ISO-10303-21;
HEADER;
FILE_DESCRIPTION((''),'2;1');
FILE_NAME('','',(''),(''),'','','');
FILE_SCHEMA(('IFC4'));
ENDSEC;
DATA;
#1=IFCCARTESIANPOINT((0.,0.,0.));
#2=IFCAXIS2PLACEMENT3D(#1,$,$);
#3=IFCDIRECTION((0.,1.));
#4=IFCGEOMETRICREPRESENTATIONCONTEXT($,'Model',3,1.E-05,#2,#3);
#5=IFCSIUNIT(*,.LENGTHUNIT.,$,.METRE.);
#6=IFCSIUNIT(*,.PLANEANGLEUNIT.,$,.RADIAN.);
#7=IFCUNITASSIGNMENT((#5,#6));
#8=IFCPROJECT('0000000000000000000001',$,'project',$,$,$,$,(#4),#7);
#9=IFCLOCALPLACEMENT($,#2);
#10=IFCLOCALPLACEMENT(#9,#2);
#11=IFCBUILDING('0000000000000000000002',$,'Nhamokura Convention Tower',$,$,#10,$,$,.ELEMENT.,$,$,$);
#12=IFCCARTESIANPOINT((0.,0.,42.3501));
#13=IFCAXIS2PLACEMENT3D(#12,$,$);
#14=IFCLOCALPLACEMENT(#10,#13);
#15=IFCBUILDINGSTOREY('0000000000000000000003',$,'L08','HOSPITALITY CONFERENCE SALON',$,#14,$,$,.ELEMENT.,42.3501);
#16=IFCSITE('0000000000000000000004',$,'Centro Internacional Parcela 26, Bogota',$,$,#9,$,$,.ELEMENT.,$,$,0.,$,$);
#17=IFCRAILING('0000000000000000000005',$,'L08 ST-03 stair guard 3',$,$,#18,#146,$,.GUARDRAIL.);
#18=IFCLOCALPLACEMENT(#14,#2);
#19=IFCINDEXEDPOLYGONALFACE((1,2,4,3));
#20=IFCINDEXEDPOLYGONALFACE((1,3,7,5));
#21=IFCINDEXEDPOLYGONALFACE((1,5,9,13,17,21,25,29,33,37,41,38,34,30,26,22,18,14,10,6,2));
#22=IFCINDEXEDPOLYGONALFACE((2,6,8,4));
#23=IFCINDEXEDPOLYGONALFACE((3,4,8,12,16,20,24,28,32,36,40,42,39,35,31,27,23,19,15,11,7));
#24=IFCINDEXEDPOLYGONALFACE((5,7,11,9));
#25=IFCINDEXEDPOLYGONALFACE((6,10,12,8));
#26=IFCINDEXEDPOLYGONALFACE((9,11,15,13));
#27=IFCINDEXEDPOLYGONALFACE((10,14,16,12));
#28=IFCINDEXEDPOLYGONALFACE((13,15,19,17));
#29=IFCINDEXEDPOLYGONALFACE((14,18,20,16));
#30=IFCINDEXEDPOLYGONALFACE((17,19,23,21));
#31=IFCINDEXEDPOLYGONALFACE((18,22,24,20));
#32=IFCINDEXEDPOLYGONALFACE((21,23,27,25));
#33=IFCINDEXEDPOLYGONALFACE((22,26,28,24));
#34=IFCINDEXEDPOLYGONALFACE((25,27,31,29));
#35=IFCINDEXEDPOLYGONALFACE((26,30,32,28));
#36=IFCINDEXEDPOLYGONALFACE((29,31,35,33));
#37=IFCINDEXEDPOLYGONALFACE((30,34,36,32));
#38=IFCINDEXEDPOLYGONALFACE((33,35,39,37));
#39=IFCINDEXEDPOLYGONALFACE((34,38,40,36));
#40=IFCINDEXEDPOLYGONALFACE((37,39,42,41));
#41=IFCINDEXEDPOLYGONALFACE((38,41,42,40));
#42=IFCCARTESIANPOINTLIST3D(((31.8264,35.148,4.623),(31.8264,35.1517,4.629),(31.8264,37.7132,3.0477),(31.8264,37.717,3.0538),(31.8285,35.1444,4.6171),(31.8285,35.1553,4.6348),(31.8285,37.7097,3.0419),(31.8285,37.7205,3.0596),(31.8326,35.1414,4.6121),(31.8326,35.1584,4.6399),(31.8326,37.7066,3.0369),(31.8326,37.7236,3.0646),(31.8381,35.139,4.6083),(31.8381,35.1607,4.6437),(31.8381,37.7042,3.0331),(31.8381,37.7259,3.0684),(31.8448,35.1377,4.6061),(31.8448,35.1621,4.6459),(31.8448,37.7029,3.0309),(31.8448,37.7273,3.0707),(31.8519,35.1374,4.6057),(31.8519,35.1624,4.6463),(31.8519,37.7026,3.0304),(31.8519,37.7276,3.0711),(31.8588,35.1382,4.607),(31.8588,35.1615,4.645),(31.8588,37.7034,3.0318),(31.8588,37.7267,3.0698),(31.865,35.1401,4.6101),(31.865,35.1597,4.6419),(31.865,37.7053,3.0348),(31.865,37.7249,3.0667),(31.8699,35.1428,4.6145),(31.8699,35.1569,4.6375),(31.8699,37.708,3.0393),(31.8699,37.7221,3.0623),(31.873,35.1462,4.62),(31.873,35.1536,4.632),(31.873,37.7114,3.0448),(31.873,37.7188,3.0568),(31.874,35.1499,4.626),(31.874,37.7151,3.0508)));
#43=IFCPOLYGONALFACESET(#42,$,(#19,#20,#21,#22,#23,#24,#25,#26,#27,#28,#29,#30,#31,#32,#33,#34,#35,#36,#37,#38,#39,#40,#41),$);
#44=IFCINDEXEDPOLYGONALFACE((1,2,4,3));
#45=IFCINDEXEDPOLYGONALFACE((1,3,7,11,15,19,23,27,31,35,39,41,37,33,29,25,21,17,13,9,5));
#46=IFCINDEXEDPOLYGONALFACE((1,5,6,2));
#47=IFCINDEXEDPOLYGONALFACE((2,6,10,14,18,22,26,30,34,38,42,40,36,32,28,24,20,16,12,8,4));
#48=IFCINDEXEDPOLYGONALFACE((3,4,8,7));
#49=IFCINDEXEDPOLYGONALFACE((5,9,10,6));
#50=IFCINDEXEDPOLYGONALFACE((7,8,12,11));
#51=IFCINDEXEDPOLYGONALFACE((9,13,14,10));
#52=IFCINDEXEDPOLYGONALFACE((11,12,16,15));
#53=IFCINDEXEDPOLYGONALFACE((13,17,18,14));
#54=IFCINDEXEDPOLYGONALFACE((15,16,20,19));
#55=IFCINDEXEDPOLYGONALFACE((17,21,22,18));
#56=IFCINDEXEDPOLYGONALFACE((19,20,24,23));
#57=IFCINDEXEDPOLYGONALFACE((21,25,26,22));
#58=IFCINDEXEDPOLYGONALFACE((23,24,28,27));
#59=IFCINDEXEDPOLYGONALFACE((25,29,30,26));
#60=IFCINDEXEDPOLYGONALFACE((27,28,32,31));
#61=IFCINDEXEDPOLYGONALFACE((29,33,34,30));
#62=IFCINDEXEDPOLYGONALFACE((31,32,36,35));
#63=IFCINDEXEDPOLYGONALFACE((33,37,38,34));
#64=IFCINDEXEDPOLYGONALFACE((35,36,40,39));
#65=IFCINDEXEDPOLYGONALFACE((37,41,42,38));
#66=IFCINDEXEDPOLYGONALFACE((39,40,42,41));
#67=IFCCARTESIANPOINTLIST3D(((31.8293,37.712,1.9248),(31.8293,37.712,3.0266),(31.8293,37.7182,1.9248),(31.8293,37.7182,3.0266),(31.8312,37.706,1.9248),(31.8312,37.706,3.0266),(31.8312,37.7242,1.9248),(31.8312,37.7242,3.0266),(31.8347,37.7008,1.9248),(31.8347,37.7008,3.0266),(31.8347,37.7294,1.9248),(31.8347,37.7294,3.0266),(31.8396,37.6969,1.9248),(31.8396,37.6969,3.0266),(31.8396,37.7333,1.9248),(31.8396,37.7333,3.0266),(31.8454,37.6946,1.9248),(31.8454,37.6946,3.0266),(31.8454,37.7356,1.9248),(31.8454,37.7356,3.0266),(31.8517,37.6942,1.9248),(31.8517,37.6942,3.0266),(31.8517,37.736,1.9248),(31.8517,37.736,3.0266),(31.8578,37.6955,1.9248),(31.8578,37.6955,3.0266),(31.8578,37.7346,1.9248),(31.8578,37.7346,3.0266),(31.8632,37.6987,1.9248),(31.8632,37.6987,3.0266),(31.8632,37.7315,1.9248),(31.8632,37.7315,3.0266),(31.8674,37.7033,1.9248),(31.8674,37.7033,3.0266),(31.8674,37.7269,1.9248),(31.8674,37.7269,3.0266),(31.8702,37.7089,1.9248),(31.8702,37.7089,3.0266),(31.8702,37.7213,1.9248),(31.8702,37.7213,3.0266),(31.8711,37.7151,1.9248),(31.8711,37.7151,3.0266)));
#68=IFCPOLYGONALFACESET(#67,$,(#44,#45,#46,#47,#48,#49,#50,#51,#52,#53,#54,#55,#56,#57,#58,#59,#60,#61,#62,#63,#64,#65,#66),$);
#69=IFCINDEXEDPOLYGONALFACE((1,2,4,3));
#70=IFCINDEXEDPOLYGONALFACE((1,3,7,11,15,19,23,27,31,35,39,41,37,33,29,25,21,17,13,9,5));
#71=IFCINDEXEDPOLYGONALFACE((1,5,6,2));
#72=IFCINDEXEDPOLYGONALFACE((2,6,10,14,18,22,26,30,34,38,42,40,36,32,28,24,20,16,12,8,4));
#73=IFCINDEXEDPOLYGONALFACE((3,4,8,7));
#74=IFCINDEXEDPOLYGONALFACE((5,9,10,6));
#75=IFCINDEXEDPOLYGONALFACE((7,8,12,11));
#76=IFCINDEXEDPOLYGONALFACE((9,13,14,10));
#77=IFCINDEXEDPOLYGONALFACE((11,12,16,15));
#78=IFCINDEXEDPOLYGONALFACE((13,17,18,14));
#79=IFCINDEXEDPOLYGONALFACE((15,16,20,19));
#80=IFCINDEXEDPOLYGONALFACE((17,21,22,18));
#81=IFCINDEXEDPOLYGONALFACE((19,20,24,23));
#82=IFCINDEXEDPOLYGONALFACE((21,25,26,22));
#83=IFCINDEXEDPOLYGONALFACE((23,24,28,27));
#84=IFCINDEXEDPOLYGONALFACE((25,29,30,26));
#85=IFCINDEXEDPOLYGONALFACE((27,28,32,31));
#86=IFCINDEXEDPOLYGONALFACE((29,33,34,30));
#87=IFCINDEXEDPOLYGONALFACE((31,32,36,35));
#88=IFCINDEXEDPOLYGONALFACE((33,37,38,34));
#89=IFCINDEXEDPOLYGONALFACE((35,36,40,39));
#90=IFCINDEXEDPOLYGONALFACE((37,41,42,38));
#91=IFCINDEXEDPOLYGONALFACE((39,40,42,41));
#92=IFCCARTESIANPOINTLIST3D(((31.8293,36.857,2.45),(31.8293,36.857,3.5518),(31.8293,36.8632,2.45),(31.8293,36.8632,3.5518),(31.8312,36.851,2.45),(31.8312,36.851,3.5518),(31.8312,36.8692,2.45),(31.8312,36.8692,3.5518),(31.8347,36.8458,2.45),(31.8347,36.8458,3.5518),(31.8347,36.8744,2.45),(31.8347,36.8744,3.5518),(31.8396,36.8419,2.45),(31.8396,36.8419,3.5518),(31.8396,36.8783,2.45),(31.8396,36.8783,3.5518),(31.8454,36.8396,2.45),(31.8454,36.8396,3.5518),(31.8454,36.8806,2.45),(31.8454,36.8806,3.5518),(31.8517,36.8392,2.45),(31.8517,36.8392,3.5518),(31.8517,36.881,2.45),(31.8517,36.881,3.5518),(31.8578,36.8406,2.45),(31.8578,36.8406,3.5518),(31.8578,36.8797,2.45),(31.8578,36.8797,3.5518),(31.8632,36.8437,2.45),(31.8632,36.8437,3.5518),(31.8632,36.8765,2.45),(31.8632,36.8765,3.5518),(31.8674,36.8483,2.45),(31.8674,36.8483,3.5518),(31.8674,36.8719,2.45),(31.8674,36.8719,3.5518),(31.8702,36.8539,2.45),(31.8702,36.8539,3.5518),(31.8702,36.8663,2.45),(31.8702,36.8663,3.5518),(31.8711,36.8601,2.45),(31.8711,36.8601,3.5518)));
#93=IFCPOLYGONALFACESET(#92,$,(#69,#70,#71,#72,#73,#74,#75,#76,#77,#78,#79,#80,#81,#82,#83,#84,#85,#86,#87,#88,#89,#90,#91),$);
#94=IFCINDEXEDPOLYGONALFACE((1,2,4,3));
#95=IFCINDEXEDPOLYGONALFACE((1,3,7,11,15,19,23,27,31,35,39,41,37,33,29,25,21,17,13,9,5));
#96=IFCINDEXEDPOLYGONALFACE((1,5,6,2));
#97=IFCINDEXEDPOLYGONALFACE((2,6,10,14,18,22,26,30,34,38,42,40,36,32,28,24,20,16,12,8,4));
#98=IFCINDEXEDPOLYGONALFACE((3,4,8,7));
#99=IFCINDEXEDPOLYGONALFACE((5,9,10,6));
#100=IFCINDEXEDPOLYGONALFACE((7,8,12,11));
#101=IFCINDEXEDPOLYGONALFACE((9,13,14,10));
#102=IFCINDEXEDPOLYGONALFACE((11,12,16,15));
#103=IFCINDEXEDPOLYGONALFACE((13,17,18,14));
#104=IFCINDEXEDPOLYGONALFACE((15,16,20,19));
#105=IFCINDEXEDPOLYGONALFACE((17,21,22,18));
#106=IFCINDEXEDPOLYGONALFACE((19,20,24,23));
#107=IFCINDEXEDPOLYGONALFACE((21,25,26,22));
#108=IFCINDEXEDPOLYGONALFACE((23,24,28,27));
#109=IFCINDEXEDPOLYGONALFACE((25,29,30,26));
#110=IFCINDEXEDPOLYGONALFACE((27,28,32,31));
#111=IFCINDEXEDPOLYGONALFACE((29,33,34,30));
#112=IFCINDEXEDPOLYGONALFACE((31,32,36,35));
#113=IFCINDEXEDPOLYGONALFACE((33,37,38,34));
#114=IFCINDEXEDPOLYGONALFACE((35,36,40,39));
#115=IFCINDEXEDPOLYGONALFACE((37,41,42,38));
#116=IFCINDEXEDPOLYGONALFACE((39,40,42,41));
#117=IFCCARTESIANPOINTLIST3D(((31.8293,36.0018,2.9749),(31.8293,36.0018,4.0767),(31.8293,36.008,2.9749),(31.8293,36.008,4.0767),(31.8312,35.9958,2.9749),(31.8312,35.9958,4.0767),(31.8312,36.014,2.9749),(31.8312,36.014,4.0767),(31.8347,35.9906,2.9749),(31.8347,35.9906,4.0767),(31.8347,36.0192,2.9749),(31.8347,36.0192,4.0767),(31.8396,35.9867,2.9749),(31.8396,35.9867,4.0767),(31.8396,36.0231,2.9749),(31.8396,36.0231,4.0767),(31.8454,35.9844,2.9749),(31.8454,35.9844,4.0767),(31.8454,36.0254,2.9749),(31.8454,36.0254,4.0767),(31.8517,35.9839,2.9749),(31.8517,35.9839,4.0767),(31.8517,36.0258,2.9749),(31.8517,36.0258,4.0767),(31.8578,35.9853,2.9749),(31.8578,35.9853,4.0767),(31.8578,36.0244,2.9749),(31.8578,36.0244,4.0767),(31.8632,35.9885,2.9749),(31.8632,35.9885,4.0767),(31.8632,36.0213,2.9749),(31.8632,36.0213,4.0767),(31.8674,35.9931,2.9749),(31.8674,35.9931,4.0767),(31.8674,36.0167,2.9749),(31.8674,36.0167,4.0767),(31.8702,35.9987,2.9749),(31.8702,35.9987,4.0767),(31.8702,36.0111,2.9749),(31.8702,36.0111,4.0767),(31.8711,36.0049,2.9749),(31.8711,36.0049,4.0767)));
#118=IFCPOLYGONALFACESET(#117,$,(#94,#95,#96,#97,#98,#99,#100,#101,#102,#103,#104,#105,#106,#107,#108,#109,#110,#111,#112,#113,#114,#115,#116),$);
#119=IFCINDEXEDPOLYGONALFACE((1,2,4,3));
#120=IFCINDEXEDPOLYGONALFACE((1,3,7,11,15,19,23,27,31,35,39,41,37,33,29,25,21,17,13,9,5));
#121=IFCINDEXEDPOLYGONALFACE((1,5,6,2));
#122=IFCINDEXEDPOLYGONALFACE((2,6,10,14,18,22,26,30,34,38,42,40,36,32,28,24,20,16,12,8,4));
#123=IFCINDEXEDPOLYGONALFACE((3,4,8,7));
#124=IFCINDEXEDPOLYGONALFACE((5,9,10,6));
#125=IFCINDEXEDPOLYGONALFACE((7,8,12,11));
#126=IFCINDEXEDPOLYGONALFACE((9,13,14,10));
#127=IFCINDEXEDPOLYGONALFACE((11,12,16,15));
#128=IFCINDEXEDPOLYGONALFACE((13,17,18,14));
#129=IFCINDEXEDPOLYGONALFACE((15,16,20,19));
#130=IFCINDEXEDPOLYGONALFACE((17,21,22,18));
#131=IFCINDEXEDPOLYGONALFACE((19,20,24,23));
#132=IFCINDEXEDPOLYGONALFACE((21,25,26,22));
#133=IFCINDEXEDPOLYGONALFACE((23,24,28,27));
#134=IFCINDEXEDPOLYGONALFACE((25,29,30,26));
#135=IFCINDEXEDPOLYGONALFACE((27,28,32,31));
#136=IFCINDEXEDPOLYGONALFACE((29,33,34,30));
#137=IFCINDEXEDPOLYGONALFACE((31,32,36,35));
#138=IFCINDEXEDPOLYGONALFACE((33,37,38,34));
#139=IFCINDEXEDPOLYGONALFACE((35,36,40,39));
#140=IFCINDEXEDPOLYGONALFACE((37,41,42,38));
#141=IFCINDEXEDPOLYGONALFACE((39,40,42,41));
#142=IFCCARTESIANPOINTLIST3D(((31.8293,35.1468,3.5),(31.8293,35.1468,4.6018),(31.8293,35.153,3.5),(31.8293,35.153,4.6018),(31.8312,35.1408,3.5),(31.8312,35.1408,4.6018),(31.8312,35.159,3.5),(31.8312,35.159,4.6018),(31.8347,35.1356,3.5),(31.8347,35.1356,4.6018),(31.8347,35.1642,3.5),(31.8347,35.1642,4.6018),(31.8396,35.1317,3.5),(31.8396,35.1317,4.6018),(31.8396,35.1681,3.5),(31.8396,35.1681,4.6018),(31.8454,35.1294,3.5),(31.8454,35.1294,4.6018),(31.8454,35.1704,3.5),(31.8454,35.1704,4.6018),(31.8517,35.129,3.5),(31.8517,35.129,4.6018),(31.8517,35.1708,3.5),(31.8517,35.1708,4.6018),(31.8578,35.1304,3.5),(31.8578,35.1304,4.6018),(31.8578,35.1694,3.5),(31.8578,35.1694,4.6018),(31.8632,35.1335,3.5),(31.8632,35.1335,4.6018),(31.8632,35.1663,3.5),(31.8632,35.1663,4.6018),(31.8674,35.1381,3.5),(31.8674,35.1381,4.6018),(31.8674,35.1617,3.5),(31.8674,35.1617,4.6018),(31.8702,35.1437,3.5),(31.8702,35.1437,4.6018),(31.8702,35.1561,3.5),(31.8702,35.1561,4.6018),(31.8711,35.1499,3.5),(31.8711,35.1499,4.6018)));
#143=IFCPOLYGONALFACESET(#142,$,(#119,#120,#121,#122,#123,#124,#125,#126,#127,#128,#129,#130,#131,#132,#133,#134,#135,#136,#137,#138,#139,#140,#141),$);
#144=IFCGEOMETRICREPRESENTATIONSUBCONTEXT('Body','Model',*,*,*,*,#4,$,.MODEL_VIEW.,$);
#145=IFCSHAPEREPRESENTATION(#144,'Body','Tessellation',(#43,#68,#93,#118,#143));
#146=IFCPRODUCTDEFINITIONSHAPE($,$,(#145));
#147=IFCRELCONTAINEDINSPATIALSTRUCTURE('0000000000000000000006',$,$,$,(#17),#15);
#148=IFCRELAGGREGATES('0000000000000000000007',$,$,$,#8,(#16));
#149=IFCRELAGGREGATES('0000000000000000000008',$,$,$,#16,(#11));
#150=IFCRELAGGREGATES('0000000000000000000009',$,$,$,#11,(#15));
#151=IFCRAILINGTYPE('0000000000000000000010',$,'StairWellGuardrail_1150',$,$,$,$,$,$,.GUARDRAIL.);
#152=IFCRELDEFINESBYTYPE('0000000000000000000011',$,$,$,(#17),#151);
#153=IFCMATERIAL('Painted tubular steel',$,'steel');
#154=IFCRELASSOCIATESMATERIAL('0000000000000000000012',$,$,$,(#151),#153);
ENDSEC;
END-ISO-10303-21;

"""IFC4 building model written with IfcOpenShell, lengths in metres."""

from ifc_helpers import new_model, si_unit, direction, frame, origin, origin_2d, place, context, subcontext, project, spatial, circle, extrude, material, type_object, element, save


model = new_model("IFC4")

# Units and contexts
model_context = context("Model", 3, precision=1e-05, world=origin(), true_north=direction((0.0, 1.0)))
body_context = subcontext(model_context, "Body", "Model", "MODEL_VIEW")
ifc_project = project(units=[si_unit("LENGTHUNIT", "METRE"), si_unit("PLANEANGLEUNIT", "RADIAN")], contexts=[model_context])

# Site, building, storey
site_placement = place(None, origin())
site = spatial("IfcSite", under=ifc_project, at=site_placement, Name="Centro Internacional Parcela 26, Bogota", CompositionType="ELEMENT", RefElevation=0.0)
building_placement = place(site_placement, origin())
building = spatial("IfcBuilding", under=site, at=building_placement, Name="Nhamokura Convention Tower", CompositionType="ELEMENT")
storey_placement = place(building_placement, frame((0.0, 0.0, 42.3501)))
storey = spatial("IfcBuildingStorey", under=building, at=storey_placement, Name="L08", Description="HOSPITALITY CONFERENCE SALON", CompositionType="ELEMENT", Elevation=42.3501)

# Railing
ifc_material_1 = material(Name="Painted tubular steel", Category="steel")
railing_type_1 = type_object("IfcRailingType", Name="StairWellGuardrail_1150", PredefinedType="GUARDRAIL", material=ifc_material_1)
railing_1_placement = place(storey_placement, frame((31.8501, 37.7151, 1.9248)))
element("IfcRailing", 1, at=railing_1_placement, inside=storey, type_object=railing_type_1, Name="L08 ST-03 stair guard 3", PredefinedType="GUARDRAIL", context=body_context, shape_type="SweptSolid", body=[
    extrude(circle(Radius=0.0239, at=origin_2d()), frame((0.0, 0.0, 1.126), z_axis=(0.0, -0.852159, 0.523283), x_axis=(1.0, 0.0, 0.0)), (0.0, 0.0, 1.0), 3.0103),
    extrude(circle(Radius=0.021, at=origin_2d()), origin(), (0.0, 0.0, 1.0), 1.1018),
    extrude(circle(Radius=0.021, at=origin_2d()), frame((0.0, -0.855, 0.5251)), (0.0, 0.0, 1.0), 1.1018),
    extrude(circle(Radius=0.021, at=origin_2d()), frame((0.0, -1.7102, 1.05)), (0.0, 0.0, 1.0), 1.1018),
    extrude(circle(Radius=0.021, at=origin_2d()), frame((0.0, -2.5652, 1.5752)), (0.0, 0.0, 1.0), 1.1018),
])

save(model, "model.ifc")
